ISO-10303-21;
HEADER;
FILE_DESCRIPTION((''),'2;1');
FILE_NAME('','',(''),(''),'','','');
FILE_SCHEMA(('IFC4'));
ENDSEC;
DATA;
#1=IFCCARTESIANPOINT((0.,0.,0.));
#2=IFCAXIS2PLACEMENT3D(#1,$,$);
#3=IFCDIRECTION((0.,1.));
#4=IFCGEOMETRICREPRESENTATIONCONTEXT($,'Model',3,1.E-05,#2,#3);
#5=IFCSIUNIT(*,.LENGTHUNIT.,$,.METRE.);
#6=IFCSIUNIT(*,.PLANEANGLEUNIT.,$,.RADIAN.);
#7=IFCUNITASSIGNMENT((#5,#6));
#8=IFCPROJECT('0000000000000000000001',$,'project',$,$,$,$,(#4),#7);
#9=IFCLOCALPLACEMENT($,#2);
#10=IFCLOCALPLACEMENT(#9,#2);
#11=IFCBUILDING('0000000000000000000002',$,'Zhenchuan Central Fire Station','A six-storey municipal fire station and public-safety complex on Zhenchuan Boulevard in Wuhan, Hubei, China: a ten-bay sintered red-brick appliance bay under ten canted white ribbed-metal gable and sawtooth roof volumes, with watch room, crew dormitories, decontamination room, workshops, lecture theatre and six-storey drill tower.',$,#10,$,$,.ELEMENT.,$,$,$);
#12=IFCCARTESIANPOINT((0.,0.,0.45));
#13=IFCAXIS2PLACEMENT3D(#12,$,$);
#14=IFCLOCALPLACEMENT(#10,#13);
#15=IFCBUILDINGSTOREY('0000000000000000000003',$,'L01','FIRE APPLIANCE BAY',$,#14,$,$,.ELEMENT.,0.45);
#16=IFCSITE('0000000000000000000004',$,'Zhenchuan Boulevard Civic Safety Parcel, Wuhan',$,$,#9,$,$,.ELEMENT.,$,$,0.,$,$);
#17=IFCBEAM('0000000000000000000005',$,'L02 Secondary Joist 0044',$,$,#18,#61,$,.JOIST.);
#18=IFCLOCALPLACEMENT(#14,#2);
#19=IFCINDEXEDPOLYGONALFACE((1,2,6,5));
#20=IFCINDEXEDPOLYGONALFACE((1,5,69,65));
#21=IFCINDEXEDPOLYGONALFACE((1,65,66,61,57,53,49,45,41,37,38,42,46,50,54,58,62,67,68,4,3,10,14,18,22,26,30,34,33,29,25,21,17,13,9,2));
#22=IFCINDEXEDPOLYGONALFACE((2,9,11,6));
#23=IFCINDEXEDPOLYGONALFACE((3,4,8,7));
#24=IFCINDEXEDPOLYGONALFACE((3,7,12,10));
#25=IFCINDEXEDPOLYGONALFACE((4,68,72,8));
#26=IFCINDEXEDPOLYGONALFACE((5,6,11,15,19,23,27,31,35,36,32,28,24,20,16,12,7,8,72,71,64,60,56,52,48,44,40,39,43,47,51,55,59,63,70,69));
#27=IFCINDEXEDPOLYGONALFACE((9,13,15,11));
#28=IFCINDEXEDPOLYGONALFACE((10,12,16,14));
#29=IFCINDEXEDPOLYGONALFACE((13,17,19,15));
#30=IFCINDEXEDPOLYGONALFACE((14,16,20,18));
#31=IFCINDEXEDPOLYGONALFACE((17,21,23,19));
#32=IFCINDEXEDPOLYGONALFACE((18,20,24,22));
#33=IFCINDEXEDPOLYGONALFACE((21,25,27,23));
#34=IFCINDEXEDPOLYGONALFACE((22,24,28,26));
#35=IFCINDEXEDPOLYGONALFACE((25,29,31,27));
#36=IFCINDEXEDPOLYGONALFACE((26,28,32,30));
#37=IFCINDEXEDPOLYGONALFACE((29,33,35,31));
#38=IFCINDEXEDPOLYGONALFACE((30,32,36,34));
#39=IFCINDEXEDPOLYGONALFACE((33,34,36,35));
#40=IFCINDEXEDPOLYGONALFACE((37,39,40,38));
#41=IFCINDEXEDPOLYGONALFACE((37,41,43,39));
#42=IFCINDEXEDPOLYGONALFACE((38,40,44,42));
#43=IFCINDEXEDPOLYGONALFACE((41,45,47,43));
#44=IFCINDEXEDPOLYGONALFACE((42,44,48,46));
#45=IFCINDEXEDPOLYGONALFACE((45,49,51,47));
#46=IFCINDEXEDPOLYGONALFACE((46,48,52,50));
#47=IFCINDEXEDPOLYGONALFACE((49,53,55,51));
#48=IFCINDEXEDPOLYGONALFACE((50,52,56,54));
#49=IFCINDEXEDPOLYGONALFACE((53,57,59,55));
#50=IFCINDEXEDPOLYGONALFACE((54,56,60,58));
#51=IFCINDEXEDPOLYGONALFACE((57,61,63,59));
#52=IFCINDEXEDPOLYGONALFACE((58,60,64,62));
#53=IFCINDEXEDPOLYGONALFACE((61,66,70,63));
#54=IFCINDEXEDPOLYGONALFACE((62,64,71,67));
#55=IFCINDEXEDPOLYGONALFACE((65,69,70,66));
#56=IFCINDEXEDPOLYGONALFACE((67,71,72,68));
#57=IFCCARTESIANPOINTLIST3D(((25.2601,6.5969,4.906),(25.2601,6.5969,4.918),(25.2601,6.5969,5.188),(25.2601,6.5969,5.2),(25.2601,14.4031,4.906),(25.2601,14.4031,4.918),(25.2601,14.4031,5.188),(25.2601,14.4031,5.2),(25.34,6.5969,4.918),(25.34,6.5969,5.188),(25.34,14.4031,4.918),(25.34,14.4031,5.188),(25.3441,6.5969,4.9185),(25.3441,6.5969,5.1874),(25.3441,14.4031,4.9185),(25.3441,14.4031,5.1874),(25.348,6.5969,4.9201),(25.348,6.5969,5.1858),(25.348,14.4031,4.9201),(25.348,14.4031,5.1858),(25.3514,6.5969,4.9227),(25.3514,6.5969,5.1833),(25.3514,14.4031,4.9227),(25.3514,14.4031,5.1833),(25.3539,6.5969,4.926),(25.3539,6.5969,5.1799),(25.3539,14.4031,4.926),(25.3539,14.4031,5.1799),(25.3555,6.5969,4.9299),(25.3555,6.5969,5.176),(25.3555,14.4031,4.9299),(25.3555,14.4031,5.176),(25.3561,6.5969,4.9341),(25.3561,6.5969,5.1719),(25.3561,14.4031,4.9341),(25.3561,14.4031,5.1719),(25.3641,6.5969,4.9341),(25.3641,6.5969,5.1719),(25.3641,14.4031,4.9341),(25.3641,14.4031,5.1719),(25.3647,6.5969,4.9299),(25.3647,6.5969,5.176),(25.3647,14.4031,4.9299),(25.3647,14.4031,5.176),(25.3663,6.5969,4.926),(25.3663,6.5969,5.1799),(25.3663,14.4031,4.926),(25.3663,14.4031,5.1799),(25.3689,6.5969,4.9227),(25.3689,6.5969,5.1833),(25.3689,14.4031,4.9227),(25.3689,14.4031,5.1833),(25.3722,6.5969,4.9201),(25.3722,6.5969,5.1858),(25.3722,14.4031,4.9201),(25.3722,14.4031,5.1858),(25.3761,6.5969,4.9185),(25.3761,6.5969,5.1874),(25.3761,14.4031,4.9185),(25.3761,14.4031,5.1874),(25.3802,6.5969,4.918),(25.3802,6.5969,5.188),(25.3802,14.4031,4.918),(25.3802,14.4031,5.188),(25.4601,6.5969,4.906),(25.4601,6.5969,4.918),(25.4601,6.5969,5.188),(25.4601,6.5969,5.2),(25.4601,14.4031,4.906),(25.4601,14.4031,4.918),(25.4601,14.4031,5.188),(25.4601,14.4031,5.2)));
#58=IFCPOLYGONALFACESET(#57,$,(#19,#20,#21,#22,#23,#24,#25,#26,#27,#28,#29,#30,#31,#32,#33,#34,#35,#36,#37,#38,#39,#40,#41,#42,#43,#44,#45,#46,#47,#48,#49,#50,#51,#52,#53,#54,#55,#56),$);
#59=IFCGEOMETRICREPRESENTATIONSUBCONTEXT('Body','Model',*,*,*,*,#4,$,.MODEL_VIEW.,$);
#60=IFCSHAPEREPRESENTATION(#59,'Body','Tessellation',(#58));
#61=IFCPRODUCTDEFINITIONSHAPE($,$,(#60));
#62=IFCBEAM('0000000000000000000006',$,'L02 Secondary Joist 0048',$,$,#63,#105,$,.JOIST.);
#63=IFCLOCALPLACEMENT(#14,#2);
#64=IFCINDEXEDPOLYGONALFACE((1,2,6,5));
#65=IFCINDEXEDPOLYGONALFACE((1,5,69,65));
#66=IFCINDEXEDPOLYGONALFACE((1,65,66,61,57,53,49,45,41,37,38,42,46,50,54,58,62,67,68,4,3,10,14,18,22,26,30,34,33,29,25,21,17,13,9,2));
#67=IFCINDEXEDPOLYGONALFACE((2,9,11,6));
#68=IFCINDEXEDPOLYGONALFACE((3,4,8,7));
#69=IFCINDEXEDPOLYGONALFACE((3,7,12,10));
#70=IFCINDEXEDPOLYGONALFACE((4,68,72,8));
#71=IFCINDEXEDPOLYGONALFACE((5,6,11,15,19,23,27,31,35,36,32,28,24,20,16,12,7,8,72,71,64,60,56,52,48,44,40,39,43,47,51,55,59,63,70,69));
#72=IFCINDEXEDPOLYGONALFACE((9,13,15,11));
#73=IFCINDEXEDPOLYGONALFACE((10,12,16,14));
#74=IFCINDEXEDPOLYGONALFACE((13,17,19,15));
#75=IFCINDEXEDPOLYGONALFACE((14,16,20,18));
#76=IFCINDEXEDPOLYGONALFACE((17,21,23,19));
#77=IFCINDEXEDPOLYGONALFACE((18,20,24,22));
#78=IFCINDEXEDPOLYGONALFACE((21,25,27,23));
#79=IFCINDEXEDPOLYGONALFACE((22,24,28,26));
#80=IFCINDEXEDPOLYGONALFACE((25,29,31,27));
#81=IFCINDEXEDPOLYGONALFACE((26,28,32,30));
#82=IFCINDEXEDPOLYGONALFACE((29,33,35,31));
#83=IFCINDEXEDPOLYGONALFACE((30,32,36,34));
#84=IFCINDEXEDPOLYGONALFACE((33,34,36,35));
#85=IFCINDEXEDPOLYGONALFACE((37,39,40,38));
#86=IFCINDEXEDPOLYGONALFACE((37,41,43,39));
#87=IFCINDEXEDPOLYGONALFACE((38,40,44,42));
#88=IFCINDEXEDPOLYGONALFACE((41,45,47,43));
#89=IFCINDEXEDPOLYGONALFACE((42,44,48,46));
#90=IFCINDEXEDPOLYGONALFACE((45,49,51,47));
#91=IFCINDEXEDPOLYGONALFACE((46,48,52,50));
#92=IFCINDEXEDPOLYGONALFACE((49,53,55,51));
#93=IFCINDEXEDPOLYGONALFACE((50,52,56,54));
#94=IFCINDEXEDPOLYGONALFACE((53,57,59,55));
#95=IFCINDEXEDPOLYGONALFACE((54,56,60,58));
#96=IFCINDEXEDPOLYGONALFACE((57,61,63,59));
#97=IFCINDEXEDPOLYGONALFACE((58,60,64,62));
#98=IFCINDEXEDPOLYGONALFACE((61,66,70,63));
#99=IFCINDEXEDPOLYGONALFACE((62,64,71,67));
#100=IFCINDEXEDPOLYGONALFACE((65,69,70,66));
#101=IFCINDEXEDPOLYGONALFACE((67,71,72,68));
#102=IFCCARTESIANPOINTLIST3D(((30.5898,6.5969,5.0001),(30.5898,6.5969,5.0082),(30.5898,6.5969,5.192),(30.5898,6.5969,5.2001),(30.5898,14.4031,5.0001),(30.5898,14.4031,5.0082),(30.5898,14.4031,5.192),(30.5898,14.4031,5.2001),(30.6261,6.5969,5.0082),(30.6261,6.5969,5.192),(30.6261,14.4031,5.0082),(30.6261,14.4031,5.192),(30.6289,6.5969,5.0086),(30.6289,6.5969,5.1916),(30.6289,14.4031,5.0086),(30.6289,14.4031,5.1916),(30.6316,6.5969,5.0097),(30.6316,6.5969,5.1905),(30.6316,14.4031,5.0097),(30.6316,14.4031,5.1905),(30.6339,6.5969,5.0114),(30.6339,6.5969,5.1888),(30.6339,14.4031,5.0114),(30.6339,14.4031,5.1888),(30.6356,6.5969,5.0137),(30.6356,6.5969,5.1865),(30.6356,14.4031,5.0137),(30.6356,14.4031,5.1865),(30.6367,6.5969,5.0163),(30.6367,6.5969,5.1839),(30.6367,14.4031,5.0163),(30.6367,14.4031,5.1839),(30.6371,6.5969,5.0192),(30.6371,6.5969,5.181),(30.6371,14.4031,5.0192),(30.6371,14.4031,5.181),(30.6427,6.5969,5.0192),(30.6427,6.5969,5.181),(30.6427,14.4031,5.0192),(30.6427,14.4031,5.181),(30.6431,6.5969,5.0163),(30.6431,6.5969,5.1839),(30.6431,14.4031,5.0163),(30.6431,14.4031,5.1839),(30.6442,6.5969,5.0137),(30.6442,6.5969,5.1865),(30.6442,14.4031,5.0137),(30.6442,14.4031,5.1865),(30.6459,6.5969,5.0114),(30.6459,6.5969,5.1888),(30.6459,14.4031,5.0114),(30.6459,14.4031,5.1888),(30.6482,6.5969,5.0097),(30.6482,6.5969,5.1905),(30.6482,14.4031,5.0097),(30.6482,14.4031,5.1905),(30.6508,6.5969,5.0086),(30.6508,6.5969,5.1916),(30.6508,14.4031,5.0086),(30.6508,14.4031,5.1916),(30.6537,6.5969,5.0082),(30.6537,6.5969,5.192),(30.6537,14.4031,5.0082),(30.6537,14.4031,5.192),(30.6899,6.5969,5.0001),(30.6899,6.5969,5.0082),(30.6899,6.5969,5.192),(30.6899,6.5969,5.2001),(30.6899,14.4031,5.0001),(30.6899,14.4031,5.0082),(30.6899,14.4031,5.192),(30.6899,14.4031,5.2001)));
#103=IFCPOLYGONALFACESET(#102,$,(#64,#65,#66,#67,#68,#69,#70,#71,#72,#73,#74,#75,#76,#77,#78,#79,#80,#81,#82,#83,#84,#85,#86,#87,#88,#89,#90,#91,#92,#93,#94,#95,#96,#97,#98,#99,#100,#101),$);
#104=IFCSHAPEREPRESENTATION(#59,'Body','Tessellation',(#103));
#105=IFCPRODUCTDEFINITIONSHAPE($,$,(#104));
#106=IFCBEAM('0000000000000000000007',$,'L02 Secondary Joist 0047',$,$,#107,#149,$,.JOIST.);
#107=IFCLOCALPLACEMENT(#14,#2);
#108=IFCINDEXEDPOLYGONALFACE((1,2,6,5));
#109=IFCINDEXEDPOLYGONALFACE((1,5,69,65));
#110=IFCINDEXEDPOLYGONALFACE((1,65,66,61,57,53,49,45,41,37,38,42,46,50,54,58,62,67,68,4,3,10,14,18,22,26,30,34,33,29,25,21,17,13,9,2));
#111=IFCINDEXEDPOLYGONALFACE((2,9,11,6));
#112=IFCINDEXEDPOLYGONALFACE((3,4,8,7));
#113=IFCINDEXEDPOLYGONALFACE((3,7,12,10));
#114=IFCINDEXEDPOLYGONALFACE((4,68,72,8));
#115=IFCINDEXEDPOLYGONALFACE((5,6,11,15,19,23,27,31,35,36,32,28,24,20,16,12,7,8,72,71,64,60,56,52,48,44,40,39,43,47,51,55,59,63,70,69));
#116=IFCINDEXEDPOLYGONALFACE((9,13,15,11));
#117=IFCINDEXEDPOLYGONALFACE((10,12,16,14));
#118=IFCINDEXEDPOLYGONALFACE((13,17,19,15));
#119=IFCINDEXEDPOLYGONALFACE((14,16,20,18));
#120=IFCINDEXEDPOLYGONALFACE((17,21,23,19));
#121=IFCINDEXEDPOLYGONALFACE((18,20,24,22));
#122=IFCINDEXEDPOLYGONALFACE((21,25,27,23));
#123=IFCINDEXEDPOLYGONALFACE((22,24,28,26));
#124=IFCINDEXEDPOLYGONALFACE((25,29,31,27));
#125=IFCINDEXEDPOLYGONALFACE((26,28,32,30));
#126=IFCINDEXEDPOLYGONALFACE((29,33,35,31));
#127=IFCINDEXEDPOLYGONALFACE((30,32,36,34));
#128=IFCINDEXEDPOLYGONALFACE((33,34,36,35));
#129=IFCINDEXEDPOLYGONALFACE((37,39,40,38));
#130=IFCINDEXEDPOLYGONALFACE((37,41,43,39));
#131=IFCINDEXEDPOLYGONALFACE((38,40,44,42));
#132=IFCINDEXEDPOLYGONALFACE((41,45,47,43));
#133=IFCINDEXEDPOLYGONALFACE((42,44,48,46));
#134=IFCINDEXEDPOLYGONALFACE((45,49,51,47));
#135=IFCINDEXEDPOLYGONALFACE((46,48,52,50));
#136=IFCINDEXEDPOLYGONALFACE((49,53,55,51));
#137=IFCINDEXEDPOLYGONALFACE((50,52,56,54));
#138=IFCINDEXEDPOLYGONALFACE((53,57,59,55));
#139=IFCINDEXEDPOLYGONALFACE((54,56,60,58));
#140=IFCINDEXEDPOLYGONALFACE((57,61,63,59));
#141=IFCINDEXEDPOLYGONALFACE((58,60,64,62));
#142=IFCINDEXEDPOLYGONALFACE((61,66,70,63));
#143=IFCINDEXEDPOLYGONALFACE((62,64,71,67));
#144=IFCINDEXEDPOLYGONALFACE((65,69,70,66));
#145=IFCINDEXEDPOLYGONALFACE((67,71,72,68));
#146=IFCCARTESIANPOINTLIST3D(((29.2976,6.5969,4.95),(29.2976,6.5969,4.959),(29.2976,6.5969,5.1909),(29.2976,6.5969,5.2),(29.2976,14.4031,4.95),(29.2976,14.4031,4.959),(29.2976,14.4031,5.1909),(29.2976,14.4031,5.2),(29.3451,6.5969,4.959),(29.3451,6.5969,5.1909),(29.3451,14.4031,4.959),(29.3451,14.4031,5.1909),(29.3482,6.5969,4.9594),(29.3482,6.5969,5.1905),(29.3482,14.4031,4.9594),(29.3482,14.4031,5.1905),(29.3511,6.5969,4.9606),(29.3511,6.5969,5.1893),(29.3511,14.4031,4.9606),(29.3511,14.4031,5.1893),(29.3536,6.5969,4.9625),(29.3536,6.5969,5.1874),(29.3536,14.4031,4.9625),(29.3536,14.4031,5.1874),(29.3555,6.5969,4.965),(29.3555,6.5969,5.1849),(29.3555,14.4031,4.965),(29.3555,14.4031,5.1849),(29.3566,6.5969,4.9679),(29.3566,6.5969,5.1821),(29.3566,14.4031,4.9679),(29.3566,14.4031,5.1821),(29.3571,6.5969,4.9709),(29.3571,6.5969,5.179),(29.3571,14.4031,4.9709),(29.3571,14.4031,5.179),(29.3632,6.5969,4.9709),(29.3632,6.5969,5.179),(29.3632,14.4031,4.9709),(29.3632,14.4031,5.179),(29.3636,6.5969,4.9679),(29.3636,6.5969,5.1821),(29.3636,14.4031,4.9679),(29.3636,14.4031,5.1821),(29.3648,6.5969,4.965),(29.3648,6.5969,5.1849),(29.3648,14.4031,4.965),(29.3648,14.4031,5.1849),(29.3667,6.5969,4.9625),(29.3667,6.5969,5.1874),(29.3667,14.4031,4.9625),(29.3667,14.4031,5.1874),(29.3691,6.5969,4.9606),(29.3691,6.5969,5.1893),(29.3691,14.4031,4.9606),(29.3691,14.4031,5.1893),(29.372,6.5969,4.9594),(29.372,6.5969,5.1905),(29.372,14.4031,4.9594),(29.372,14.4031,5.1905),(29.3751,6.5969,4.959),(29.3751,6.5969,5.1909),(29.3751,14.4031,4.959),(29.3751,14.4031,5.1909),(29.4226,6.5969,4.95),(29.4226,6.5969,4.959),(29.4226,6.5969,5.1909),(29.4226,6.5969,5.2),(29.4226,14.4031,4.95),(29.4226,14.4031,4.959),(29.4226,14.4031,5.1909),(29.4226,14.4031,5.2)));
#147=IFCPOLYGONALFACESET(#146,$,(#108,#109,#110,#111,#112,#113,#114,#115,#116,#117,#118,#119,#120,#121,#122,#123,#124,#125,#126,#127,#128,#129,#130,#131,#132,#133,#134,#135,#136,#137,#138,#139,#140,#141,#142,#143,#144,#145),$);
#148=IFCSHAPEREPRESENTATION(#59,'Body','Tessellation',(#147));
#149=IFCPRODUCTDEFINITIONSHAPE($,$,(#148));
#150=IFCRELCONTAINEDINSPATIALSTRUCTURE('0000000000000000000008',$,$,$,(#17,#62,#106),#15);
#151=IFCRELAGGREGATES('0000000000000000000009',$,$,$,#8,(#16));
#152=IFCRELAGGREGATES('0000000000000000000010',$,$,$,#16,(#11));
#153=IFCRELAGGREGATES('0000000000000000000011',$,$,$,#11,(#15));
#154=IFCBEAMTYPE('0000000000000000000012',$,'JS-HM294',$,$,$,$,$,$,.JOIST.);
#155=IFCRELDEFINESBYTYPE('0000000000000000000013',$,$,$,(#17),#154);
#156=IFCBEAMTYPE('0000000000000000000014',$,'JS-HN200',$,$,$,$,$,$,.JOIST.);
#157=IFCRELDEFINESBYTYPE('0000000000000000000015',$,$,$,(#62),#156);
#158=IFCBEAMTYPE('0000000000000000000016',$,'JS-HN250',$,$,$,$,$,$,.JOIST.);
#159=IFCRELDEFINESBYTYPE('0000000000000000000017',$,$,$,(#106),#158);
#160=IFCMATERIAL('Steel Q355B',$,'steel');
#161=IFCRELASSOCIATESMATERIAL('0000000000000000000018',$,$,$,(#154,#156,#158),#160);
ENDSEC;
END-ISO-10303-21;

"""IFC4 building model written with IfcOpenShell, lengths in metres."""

from ifc_helpers import new_model, si_unit, direction, frame, origin, origin_2d, place, context, subcontext, project, spatial, i_section, extrude, material, material_profile, profile_set, type_object, element, save


model = new_model("IFC4")

# Units and contexts
model_context = context("Model", 3, precision=1e-05, world=origin(), true_north=direction((0.0, 1.0)))
body_context = subcontext(model_context, "Body", "Model", "MODEL_VIEW")
ifc_project = project(units=[si_unit("LENGTHUNIT", "METRE"), si_unit("PLANEANGLEUNIT", "RADIAN")], contexts=[model_context])

# Site, building, storey
site_placement = place(None, origin())
site = spatial("IfcSite", under=ifc_project, at=site_placement, Name="Zhenchuan Boulevard Civic Safety Parcel, Wuhan", CompositionType="ELEMENT", RefElevation=0.0)
building_placement = place(site_placement, origin())
building = spatial("IfcBuilding", under=site, at=building_placement, Name="Zhenchuan Central Fire Station", Description="A six-storey municipal fire station and public-safety complex on Zhenchuan Boulevard in Wuhan, Hubei, China: a ten-bay sintered red-brick appliance bay under ten canted white ribbed-metal gable and sawtooth roof volumes, with watch room, crew dormitories, decontamination room, workshops, lecture theatre and six-storey drill tower.", CompositionType="ELEMENT")
storey_placement = place(building_placement, frame((0.0, 0.0, 0.45)))
storey = spatial("IfcBuildingStorey", under=building, at=storey_placement, Name="L01", Description="FIRE APPLIANCE BAY", CompositionType="ELEMENT", Elevation=0.45)

# Shared definitions
ifc_material_1 = material(Name="Steel Q355B", Category="steel")

# Beams
ifc_material_profile_1 = material_profile(ifc_material_1, i_section(OverallWidth=0.2, OverallDepth=0.2939, WebThickness=0.0081, FlangeThickness=0.012, FilletRadius=0.0161, at=origin_2d()), Name="HM 294x200")
ifc_profile_set_1 = profile_set([ifc_material_profile_1], Name="Steel Q355B")
beam_type_1 = type_object("IfcBeamType", Name="JS-HM294", PredefinedType="JOIST", material=ifc_profile_set_1)
beam_1_placement = place(storey_placement, frame((25.3601, 6.5969, 5.053), z_axis=(0.0, 1.0, 0.0), x_axis=(-1.0, 0.0, 0.0)))
element("IfcBeam", 1, at=beam_1_placement, inside=storey, type_object=beam_type_1, Name="L02 Secondary Joist 0044", PredefinedType="JOIST", context=body_context, shape_type="SweptSolid", body=[
    extrude(i_section(OverallWidth=0.2, OverallDepth=0.2939, WebThickness=0.0081, FlangeThickness=0.012, FilletRadius=0.0161, at=origin_2d()), origin(), (0.0, 0.0, 1.0), 7.8062),
])
ifc_material_profile_2 = material_profile(ifc_material_1, i_section(OverallWidth=0.1001, OverallDepth=0.2, WebThickness=0.0056, FlangeThickness=0.0081, FilletRadius=0.011, at=origin_2d()), Name="HN 200x100")
ifc_profile_set_2 = profile_set([ifc_material_profile_2], Name="Steel Q355B")
beam_type_2 = type_object("IfcBeamType", Name="JS-HN200", PredefinedType="JOIST", material=ifc_profile_set_2)
beam_2_placement = place(storey_placement, frame((30.6399, 6.5969, 5.1001), z_axis=(0.0, 1.0, 0.0), x_axis=(-1.0, 0.0, 0.0)))
element("IfcBeam", 2, at=beam_2_placement, inside=storey, type_object=beam_type_2, Name="L02 Secondary Joist 0048", PredefinedType="JOIST", context=body_context, shape_type="SweptSolid", body=[
    extrude(i_section(OverallWidth=0.1001, OverallDepth=0.2, WebThickness=0.0056, FlangeThickness=0.0081, FilletRadius=0.011, at=origin_2d()), origin(), (0.0, 0.0, 1.0), 7.8062),
])
ifc_material_profile_3 = material_profile(ifc_material_1, i_section(OverallWidth=0.125, OverallDepth=0.25, WebThickness=0.0061, FlangeThickness=0.009, FilletRadius=0.012, at=origin_2d()), Name="HN 250x125")
ifc_profile_set_3 = profile_set([ifc_material_profile_3], Name="Steel Q355B")
beam_type_3 = type_object("IfcBeamType", Name="JS-HN250", PredefinedType="JOIST", material=ifc_profile_set_3)
beam_3_placement = place(storey_placement, frame((29.3601, 6.5969, 5.075), z_axis=(0.0, 1.0, 0.0), x_axis=(-1.0, 0.0, 0.0)))
element("IfcBeam", 3, at=beam_3_placement, inside=storey, type_object=beam_type_3, Name="L02 Secondary Joist 0047", PredefinedType="JOIST", context=body_context, shape_type="SweptSolid", body=[
    extrude(i_section(OverallWidth=0.125, OverallDepth=0.25, WebThickness=0.0061, FlangeThickness=0.009, FilletRadius=0.012, at=origin_2d()), origin(), (0.0, 0.0, 1.0), 7.8062),
])

save(model, "model.ifc")
